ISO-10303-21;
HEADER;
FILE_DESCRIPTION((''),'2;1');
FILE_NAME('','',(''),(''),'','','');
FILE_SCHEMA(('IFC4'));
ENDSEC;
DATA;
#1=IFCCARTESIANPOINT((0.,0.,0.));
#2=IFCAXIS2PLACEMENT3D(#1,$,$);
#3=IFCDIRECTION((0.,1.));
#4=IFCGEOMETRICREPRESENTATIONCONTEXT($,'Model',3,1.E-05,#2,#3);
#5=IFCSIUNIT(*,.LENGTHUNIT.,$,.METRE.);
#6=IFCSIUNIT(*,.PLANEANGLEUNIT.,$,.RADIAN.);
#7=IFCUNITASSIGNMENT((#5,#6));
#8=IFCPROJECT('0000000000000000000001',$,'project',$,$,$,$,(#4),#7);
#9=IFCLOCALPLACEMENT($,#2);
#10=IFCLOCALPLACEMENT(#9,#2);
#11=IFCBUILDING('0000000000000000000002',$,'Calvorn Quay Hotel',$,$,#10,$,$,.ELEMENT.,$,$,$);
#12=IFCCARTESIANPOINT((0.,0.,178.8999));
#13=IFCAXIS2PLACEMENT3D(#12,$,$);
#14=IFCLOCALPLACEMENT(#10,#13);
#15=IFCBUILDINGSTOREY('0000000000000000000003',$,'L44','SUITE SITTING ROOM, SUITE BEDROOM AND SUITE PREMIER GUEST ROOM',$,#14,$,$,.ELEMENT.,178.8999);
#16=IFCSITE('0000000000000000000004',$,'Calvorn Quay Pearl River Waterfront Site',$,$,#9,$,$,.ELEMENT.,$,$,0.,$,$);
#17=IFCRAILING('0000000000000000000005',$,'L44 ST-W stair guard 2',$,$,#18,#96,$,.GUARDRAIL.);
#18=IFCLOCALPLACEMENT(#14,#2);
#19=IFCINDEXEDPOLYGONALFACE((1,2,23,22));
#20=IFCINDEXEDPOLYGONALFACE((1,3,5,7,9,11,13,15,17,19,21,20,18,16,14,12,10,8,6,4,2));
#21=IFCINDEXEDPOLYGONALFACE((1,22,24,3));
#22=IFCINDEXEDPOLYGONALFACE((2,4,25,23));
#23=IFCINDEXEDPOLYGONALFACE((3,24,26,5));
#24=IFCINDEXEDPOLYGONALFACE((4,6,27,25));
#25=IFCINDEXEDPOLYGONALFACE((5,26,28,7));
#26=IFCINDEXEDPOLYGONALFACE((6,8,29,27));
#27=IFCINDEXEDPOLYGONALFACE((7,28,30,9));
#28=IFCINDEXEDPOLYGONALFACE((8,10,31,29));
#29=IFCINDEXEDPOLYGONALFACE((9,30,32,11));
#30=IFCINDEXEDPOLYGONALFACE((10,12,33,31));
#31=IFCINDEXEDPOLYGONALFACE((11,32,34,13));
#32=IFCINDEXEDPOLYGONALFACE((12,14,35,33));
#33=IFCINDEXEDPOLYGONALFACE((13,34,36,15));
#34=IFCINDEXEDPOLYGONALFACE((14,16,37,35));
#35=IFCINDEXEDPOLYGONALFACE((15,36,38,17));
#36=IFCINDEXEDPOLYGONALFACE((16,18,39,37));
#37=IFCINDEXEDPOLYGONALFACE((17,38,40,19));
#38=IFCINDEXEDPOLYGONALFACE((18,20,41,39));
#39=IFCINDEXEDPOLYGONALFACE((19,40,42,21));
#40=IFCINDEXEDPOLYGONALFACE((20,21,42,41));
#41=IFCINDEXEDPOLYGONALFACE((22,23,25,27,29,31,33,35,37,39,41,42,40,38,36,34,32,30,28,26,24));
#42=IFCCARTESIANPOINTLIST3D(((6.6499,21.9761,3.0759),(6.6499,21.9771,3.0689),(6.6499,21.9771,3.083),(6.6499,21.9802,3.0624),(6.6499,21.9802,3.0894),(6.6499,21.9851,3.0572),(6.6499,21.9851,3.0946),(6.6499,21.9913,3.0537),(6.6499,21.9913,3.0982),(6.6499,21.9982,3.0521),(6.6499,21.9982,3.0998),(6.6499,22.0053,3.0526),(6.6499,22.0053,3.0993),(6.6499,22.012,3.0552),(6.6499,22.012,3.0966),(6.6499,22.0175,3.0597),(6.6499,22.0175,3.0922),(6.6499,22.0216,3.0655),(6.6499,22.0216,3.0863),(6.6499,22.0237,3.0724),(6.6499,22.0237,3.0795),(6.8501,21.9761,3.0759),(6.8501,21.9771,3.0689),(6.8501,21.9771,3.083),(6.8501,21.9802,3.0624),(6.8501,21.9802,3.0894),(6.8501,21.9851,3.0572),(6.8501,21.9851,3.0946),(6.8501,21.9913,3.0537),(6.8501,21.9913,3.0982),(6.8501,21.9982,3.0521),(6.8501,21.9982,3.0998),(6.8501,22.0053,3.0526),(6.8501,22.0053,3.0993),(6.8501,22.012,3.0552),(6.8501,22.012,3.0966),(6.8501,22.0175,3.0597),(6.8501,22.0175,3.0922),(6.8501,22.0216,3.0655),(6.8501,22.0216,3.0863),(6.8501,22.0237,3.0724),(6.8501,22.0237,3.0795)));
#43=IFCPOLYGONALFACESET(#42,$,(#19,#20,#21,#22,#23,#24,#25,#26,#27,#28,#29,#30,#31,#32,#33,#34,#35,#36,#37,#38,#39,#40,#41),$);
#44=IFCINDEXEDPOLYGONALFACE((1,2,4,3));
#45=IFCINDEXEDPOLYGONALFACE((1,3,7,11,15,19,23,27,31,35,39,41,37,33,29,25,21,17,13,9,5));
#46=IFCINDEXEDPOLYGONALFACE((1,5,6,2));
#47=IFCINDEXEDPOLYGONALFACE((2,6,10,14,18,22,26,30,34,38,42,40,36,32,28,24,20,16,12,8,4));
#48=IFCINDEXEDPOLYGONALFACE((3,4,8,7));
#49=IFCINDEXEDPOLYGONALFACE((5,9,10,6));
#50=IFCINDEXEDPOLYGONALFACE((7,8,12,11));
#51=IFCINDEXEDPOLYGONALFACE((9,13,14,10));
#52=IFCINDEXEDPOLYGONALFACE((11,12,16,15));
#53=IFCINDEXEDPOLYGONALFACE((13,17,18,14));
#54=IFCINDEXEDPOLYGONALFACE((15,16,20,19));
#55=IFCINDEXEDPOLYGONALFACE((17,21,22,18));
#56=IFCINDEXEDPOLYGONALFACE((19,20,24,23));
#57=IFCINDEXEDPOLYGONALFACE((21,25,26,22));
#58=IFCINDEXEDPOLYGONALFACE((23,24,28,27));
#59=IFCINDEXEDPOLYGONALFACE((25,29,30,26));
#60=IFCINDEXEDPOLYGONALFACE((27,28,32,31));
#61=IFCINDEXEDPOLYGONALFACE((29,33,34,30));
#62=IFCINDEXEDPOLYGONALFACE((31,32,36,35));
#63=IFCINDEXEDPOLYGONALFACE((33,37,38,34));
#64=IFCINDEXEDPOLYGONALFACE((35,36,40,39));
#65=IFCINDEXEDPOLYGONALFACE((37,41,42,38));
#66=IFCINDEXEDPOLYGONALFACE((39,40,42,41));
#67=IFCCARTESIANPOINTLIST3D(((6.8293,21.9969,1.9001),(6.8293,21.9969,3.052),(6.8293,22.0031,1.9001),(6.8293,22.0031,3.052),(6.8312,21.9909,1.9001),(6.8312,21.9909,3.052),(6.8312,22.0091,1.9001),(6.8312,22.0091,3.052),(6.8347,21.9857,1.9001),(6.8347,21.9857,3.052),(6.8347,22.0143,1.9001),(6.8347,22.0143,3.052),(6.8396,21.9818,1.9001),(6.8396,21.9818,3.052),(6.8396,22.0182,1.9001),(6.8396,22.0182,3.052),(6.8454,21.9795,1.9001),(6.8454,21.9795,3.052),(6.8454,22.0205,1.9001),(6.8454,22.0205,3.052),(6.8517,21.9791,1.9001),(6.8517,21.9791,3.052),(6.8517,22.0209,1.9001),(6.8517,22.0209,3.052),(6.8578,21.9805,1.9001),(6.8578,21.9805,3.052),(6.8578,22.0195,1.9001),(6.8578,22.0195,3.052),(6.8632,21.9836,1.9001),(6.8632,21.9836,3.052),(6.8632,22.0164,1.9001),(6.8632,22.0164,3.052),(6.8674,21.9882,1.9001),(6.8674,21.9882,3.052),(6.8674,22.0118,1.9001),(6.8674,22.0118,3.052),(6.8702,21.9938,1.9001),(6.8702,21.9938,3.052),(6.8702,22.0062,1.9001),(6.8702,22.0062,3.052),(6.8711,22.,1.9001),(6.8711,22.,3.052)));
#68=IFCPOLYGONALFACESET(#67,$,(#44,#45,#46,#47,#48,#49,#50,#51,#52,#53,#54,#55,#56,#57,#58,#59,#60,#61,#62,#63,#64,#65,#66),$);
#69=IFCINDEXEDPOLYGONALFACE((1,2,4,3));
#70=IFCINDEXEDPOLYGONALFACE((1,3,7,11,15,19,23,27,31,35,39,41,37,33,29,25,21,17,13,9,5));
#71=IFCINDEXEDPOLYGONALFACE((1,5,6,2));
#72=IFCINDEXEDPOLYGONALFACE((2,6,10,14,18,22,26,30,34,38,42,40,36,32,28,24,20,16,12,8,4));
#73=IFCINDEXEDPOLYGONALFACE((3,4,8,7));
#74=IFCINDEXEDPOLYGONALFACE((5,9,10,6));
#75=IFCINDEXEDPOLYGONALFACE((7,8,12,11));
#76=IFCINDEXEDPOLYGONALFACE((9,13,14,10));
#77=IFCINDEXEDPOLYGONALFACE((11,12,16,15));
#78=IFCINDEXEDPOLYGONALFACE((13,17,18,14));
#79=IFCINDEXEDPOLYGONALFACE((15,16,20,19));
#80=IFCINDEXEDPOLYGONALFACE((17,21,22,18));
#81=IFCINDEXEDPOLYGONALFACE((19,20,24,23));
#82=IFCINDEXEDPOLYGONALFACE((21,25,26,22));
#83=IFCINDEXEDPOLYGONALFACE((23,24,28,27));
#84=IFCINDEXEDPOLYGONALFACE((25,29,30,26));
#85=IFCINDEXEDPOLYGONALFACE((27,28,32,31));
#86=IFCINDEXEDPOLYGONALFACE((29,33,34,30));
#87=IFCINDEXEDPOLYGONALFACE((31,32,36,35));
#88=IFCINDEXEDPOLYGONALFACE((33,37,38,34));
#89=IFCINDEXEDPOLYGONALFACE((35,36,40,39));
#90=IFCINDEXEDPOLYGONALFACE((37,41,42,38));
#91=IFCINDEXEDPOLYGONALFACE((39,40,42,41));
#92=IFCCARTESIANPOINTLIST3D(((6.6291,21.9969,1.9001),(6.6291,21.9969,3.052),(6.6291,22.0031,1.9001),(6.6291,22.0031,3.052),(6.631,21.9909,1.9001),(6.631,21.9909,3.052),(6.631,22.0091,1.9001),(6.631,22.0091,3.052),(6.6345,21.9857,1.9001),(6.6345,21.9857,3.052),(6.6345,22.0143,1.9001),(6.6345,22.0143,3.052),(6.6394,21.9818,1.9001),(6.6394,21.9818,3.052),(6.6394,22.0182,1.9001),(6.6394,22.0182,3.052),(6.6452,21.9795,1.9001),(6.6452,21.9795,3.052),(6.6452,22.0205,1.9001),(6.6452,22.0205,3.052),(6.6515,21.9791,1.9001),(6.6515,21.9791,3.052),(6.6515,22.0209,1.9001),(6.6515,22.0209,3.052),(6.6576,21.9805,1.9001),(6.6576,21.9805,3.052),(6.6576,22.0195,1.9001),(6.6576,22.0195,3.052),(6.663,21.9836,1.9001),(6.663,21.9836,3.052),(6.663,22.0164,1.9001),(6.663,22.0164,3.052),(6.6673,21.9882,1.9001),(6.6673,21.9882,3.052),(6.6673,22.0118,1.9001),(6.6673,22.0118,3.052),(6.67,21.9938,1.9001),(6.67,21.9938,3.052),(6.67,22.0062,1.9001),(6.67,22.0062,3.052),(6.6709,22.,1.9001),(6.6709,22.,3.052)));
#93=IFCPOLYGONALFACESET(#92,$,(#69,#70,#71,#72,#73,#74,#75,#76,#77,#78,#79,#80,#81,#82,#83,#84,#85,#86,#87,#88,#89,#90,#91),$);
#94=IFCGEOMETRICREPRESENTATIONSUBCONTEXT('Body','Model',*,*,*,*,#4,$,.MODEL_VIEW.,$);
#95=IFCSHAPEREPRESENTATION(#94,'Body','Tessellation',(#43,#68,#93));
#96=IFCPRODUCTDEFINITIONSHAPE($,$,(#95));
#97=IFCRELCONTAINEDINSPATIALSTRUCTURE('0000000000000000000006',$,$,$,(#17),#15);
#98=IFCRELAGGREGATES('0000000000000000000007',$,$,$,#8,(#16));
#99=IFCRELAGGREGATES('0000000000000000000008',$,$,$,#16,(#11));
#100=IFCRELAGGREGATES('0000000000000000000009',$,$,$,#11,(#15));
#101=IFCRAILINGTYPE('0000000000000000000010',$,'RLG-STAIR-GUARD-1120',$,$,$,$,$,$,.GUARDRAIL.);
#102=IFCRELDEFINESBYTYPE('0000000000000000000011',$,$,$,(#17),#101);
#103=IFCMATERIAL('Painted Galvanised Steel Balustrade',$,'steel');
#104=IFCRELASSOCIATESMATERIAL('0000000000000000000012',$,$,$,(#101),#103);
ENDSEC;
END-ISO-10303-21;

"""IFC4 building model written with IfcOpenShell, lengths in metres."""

from ifc_helpers import new_model, si_unit, direction, frame, origin, origin_2d, place, context, subcontext, project, spatial, circle, extrude, material, type_object, element, save


model = new_model("IFC4")

# Units and contexts
model_context = context("Model", 3, precision=1e-05, world=origin(), true_north=direction((0.0, 1.0)))
body_context = subcontext(model_context, "Body", "Model", "MODEL_VIEW")
ifc_project = project(units=[si_unit("LENGTHUNIT", "METRE"), si_unit("PLANEANGLEUNIT", "RADIAN")], contexts=[model_context])

# Site, building, storey
site_placement = place(None, origin())
site = spatial("IfcSite", under=ifc_project, at=site_placement, Name="Calvorn Quay Pearl River Waterfront Site", CompositionType="ELEMENT", RefElevation=0.0)
building_placement = place(site_placement, origin())
building = spatial("IfcBuilding", under=site, at=building_placement, Name="Calvorn Quay Hotel", CompositionType="ELEMENT")
storey_placement = place(building_placement, frame((0.0, 0.0, 178.8999)))
storey = spatial("IfcBuildingStorey", under=building, at=storey_placement, Name="L44", Description="SUITE SITTING ROOM, SUITE BEDROOM AND SUITE PREMIER GUEST ROOM", CompositionType="ELEMENT", Elevation=178.8999)

# Railing
ifc_material_1 = material(Name="Painted Galvanised Steel Balustrade", Category="steel")
railing_type_1 = type_object("IfcRailingType", Name="RLG-STAIR-GUARD-1120", PredefinedType="GUARDRAIL", material=ifc_material_1)
railing_1_placement = place(storey_placement, frame((6.8501, 22.0, 1.9001)))
element("IfcRailing", 1, at=railing_1_placement, inside=storey, type_object=railing_type_1, Name="L44 ST-W stair guard 2", PredefinedType="GUARDRAIL", context=body_context, shape_type="SweptSolid", body=[
    extrude(circle(Radius=0.0239, at=origin_2d()), frame((0.0, 0.0, 1.1758), z_axis=(-1.0, 0.0, 0.0), x_axis=(0.0, -1.0, 0.0)), (0.0, 0.0, 1.0), 0.2002),
    extrude(circle(Radius=0.021, at=origin_2d()), origin(), (0.0, 0.0, 1.0), 1.1519),
    extrude(circle(Radius=0.021, at=origin_2d()), frame((-0.2002, 0.0, 0.0)), (0.0, 0.0, 1.0), 1.1519),
])

save(model, "model.ifc")
